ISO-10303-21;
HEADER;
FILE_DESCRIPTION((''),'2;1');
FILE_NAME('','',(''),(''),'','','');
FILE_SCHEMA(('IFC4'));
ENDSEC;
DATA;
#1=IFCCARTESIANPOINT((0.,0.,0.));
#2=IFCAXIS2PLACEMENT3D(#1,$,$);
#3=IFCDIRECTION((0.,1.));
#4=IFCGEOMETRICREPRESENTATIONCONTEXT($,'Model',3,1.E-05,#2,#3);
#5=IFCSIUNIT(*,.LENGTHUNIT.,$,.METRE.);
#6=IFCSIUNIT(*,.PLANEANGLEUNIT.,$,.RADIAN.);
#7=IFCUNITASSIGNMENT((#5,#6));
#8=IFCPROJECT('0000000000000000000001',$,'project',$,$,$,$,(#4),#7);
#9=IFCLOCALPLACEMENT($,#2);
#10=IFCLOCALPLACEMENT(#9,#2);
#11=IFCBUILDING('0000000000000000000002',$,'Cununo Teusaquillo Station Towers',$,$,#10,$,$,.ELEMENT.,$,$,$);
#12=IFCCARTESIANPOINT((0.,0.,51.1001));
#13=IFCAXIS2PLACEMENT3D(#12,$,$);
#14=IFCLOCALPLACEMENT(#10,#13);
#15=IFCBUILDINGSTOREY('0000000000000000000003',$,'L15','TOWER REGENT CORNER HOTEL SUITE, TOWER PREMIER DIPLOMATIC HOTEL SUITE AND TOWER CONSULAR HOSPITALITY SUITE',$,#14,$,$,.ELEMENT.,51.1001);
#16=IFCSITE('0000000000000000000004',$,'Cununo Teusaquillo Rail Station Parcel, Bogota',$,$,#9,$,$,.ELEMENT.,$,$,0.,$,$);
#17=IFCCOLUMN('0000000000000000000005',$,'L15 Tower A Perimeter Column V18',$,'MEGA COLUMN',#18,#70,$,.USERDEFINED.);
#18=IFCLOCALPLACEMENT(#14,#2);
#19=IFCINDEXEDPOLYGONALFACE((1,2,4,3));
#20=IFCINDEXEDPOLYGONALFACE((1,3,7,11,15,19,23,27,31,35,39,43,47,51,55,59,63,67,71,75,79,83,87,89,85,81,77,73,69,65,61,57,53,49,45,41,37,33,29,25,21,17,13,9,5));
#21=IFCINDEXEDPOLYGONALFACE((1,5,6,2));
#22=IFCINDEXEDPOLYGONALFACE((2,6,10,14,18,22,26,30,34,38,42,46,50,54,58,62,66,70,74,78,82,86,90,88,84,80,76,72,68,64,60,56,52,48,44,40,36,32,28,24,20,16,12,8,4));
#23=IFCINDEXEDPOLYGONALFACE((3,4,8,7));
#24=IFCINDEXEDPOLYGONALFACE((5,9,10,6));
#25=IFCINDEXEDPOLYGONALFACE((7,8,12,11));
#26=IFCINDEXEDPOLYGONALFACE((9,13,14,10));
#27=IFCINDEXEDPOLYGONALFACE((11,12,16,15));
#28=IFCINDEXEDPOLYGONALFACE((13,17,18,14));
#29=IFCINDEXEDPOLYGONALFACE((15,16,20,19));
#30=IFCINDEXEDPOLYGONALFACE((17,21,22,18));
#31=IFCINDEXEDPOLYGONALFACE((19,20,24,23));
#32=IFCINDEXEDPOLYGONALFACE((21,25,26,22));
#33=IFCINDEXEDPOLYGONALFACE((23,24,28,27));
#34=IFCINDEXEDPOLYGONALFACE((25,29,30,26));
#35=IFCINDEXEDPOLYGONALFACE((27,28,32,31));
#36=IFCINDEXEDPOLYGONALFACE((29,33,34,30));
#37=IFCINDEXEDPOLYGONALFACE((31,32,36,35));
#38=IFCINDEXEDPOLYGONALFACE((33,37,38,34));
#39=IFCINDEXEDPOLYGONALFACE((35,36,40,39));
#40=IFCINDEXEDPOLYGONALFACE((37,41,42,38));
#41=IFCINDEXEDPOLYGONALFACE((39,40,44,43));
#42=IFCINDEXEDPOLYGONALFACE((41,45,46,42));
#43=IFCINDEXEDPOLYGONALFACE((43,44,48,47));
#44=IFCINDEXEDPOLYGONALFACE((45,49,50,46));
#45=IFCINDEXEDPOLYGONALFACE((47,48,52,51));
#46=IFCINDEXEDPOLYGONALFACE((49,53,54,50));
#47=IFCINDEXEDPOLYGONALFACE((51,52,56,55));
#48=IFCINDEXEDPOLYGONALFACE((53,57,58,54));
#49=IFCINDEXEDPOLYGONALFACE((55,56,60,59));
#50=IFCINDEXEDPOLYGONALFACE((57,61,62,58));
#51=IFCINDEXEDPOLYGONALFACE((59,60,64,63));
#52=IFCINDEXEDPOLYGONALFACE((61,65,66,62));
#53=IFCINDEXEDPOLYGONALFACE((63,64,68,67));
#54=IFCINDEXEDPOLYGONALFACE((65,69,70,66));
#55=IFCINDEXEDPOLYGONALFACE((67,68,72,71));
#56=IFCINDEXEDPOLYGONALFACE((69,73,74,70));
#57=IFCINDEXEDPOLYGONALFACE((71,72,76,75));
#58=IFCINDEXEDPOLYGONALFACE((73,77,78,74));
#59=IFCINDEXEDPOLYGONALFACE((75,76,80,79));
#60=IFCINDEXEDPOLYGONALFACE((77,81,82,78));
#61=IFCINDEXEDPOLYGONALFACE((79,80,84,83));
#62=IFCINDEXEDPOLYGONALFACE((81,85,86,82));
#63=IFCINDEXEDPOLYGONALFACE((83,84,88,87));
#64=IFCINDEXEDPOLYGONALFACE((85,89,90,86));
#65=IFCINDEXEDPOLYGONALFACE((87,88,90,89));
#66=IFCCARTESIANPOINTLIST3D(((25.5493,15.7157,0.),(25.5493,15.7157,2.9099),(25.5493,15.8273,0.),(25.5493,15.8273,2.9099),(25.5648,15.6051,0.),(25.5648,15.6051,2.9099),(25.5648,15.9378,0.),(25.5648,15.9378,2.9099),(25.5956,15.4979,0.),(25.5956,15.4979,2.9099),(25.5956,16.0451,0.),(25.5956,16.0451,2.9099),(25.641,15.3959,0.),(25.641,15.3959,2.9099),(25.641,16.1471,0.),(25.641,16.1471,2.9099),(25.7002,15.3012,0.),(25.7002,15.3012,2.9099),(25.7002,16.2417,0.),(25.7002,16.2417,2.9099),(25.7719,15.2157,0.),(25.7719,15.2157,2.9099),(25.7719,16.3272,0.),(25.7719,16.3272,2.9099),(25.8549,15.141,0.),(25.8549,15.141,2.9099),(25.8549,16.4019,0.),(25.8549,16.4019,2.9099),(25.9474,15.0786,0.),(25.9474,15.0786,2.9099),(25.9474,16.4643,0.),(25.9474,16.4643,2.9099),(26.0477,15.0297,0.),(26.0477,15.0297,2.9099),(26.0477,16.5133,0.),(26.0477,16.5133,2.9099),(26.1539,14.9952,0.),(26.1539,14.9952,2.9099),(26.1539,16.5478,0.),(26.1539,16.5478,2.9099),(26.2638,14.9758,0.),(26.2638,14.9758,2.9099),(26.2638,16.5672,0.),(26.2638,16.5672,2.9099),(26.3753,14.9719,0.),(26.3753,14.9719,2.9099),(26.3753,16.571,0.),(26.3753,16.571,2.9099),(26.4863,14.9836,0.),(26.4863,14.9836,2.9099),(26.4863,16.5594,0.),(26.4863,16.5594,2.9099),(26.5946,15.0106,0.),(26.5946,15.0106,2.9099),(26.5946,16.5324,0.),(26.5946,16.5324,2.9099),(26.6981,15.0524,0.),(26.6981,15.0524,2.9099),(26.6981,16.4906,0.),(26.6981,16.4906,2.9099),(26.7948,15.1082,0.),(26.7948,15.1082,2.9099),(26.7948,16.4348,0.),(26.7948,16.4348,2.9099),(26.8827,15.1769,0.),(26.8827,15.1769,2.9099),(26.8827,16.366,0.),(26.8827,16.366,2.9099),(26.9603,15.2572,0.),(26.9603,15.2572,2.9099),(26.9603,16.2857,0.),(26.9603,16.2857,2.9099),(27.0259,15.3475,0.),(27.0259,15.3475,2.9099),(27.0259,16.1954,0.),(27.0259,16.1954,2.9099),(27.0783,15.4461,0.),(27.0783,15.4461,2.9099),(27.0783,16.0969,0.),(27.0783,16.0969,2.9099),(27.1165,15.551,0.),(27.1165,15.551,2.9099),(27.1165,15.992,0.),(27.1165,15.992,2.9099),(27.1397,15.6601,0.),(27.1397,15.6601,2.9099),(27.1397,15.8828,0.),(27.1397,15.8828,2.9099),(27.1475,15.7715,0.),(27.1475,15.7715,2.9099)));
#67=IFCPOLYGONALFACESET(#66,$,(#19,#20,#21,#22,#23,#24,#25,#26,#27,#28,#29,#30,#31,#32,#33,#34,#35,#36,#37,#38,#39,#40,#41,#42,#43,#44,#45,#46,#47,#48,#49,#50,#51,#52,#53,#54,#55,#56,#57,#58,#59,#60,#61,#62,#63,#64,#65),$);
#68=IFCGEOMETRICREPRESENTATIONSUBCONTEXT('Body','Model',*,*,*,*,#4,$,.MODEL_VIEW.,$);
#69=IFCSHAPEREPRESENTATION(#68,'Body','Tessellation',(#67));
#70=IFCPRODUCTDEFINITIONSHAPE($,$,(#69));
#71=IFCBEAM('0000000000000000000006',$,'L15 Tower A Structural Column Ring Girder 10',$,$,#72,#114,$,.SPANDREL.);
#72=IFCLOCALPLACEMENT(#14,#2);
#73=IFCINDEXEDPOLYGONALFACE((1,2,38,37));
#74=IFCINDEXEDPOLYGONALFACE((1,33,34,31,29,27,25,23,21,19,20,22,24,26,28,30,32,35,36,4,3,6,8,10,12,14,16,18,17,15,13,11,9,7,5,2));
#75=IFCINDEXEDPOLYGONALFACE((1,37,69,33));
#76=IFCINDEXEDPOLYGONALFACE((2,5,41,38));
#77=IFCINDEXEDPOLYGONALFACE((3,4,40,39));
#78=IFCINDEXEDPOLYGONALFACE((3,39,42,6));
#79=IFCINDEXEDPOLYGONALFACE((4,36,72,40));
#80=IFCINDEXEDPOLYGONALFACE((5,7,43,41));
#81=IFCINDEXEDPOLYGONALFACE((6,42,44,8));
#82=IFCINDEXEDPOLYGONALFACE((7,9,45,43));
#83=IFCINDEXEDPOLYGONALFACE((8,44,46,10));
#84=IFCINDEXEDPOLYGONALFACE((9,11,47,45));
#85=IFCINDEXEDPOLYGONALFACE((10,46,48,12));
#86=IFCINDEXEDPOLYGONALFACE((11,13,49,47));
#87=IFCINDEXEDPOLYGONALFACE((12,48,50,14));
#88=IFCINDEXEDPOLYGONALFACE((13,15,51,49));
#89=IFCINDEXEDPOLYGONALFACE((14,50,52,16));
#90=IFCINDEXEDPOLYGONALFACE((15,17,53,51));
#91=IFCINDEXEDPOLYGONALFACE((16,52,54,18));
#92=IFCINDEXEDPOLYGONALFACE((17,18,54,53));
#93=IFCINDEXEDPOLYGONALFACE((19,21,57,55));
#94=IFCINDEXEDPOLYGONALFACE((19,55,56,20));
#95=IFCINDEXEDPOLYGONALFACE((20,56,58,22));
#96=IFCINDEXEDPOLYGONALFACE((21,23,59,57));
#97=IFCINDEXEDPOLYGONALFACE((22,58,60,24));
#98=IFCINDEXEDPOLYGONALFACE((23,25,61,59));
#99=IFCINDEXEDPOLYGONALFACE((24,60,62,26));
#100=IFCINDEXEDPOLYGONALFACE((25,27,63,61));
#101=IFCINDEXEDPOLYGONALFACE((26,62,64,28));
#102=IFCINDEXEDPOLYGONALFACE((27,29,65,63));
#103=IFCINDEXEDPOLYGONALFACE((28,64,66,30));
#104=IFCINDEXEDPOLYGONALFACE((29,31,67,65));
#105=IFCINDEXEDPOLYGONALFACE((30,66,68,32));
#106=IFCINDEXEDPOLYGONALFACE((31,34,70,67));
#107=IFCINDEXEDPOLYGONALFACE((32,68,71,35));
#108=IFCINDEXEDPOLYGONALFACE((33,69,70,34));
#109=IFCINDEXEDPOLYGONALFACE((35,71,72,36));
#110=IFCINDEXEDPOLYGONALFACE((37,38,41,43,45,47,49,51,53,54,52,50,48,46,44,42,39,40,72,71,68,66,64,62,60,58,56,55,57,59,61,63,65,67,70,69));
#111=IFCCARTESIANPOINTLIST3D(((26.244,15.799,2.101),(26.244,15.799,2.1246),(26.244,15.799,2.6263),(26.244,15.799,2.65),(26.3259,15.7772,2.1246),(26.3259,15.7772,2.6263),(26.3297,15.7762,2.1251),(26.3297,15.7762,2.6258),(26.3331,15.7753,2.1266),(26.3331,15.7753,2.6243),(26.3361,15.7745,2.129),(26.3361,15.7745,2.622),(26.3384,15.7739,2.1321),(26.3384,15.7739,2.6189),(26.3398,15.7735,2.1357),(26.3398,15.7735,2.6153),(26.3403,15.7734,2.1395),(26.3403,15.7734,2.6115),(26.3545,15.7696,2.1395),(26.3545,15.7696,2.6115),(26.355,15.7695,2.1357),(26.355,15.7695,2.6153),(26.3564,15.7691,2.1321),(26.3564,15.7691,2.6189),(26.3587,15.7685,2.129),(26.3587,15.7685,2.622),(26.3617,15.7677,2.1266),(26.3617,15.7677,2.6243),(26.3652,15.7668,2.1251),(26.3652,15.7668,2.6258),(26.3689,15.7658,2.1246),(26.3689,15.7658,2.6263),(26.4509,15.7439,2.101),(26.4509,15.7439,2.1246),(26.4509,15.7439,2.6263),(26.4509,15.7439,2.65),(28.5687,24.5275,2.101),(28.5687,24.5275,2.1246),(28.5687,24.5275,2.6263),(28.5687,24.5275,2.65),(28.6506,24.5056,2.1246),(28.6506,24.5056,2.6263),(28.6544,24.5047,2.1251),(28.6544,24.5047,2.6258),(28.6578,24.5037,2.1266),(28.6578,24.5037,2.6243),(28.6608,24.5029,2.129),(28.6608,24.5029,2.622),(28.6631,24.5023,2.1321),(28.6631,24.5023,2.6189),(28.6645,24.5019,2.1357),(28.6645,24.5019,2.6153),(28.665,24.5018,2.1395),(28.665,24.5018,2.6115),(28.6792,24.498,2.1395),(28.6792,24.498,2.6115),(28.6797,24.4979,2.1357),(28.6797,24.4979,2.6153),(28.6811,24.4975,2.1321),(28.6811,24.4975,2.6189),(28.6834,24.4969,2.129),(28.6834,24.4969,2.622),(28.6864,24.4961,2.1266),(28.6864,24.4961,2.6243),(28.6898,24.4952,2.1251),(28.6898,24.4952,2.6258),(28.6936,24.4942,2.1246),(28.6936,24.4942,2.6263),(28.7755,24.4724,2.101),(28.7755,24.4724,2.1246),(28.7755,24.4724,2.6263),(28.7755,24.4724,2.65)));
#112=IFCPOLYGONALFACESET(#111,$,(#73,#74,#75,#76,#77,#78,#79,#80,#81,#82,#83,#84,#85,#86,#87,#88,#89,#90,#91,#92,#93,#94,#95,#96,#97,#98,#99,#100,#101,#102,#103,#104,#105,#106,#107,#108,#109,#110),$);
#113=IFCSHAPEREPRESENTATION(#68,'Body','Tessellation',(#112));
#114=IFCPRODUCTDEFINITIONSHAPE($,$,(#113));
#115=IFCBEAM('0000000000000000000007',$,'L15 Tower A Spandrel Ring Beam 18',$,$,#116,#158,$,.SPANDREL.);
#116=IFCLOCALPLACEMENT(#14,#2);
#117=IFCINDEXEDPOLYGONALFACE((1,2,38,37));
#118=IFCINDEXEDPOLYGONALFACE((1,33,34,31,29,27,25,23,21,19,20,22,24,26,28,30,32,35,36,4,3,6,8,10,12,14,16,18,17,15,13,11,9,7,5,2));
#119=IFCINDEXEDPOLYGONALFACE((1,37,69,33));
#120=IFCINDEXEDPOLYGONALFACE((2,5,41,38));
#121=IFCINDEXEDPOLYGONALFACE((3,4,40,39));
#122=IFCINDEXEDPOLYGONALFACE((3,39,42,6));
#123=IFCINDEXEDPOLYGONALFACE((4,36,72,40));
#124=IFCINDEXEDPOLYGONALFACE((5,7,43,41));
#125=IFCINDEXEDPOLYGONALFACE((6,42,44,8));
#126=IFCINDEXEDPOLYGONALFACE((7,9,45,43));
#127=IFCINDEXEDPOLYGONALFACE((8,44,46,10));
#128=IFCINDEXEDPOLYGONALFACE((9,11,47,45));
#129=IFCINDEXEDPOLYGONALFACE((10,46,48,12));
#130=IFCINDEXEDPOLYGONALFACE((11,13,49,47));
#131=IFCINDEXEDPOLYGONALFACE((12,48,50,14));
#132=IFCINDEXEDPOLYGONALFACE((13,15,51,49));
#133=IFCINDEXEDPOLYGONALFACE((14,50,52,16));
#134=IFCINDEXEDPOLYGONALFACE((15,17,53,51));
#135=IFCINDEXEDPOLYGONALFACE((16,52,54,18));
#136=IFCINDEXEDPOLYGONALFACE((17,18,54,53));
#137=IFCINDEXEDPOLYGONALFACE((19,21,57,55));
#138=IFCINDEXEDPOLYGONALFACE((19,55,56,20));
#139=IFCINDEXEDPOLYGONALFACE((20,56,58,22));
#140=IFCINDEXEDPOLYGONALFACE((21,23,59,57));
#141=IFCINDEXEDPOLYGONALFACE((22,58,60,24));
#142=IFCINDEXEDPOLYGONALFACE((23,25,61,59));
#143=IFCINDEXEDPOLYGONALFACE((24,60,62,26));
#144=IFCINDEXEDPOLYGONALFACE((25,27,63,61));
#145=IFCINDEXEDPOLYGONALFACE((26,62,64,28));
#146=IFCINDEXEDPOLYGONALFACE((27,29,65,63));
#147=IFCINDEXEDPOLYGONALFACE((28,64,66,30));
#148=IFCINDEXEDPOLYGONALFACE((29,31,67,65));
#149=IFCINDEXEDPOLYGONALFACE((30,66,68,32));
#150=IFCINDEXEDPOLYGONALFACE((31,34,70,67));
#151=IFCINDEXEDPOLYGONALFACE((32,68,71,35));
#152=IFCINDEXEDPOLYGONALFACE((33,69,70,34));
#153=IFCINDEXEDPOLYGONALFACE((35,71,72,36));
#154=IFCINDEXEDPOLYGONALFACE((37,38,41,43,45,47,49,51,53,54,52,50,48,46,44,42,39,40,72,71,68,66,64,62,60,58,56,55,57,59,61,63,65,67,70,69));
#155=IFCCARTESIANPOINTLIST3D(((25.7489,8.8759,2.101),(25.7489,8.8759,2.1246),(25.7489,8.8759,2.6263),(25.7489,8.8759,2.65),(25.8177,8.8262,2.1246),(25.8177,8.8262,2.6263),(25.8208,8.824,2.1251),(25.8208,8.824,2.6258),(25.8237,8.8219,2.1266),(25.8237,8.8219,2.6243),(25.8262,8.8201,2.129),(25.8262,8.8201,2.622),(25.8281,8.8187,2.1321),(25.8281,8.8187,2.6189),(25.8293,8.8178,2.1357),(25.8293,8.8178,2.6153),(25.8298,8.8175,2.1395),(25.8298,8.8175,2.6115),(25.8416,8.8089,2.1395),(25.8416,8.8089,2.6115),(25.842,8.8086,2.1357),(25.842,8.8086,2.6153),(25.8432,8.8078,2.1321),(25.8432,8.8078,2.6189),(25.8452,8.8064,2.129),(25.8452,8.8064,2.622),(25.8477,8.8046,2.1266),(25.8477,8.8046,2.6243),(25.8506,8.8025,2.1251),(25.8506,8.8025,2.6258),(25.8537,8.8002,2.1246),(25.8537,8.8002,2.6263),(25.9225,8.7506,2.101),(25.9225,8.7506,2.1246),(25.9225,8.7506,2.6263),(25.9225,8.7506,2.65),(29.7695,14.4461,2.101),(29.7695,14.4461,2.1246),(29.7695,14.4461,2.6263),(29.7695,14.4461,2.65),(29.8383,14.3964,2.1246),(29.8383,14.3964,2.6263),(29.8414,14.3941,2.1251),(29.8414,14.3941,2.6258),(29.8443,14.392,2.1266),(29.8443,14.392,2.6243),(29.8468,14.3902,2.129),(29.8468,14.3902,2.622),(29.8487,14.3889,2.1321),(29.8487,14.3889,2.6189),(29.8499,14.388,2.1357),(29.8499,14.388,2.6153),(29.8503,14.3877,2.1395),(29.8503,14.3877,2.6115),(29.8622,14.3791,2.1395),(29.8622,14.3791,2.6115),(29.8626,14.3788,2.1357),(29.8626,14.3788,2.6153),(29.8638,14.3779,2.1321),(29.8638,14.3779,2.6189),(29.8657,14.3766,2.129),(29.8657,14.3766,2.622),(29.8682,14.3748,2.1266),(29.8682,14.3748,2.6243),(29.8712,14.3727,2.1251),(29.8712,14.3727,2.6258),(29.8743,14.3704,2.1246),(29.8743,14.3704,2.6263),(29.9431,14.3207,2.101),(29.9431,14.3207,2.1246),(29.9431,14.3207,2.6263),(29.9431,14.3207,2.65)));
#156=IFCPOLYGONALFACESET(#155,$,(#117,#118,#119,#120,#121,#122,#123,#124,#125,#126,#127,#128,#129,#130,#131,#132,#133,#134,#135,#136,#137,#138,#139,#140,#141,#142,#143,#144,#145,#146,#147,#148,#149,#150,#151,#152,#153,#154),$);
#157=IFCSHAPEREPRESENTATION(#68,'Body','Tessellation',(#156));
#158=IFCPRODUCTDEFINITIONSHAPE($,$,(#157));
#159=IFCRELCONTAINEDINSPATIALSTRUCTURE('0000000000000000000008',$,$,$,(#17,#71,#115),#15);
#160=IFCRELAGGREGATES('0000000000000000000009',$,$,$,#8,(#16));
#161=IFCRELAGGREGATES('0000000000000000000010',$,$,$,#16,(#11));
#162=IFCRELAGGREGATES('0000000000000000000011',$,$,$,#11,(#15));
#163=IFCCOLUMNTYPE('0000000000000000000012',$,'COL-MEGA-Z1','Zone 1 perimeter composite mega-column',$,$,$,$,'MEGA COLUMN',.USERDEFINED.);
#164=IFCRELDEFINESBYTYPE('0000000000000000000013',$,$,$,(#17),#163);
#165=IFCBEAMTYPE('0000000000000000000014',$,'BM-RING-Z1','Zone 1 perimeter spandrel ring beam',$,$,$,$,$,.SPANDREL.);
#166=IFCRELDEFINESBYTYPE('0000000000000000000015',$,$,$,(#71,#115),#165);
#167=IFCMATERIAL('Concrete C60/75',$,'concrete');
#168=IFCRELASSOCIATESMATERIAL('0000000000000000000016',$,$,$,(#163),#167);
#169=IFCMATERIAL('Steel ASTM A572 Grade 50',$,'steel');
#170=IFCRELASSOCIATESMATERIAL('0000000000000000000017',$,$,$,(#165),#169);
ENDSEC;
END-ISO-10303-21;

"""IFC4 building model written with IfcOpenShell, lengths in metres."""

from ifc_helpers import new_model, si_unit, direction, frame, origin, origin_2d, place, context, subcontext, project, spatial, circle, i_section, extrude, material, material_profile, profile_set, type_object, element, save


model = new_model("IFC4")

# Units and contexts
model_context = context("Model", 3, precision=1e-05, world=origin(), true_north=direction((0.0, 1.0)))
body_context = subcontext(model_context, "Body", "Model", "MODEL_VIEW")
ifc_project = project(units=[si_unit("LENGTHUNIT", "METRE"), si_unit("PLANEANGLEUNIT", "RADIAN")], contexts=[model_context])

# Site, building, storey
site_placement = place(None, origin())
site = spatial("IfcSite", under=ifc_project, at=site_placement, Name="Cununo Teusaquillo Rail Station Parcel, Bogota", CompositionType="ELEMENT", RefElevation=0.0)
building_placement = place(site_placement, origin())
building = spatial("IfcBuilding", under=site, at=building_placement, Name="Cununo Teusaquillo Station Towers", CompositionType="ELEMENT")
storey_placement = place(building_placement, frame((0.0, 0.0, 51.1001)))
storey = spatial("IfcBuildingStorey", under=building, at=storey_placement, Name="L15", Description="TOWER REGENT CORNER HOTEL SUITE, TOWER PREMIER DIPLOMATIC HOTEL SUITE AND TOWER CONSULAR HOSPITALITY SUITE", CompositionType="ELEMENT", Elevation=51.1001)

# Column
ifc_material_1 = material(Name="Concrete C60/75", Category="concrete")
ifc_material_profile_1 = material_profile(ifc_material_1, circle(Radius=0.8, at=origin_2d()), Name="RC-CIRC-1600")
ifc_profile_set_1 = profile_set([ifc_material_profile_1], Name="Concrete C60/75")
column_type = type_object("IfcColumnType", Name="COL-MEGA-Z1", Description="Zone 1 perimeter composite mega-column", ElementType="MEGA COLUMN", PredefinedType="USERDEFINED", material=ifc_profile_set_1)
column_placement = place(storey_placement, frame((26.3474, 15.7715, 0.0), z_axis=(0.0, 0.0, 1.0), x_axis=(1.0, 0.0, 0.0)))
element("IfcColumn", 1, at=column_placement, inside=storey, type_object=column_type, Name="L15 Tower A Perimeter Column V18", ObjectType="MEGA COLUMN", PredefinedType="USERDEFINED", context=body_context, shape_type="SweptSolid", body=[
    extrude(circle(Radius=0.8, at=origin_2d()), origin(), (0.0, 0.0, 1.0), 2.9099),
])

# Beams
ifc_material_2 = material(Name="Steel ASTM A572 Grade 50", Category="steel")
ifc_material_profile_2 = material_profile(ifc_material_2, i_section(OverallWidth=0.2141, OverallDepth=0.5491, WebThickness=0.0146, FlangeThickness=0.0237, FilletRadius=0.0149, at=origin_2d()), Name="W21X93")
ifc_profile_set_2 = profile_set([ifc_material_profile_2], Name="Steel ASTM A572 Grade 50")
beam_type = type_object("IfcBeamType", Name="BM-RING-Z1", Description="Zone 1 perimeter spandrel ring beam", PredefinedType="SPANDREL", material=ifc_profile_set_2)
beam_1_placement = place(storey_placement, frame((26.3474, 15.7715, 2.3755), z_axis=(0.257363, 0.966315, 0.0), x_axis=(-0.966315, 0.257363, 0.0)))
element("IfcBeam", 2, at=beam_1_placement, inside=storey, type_object=beam_type, Name="L15 Tower A Structural Column Ring Girder 10", PredefinedType="SPANDREL", context=body_context, shape_type="SweptSolid", body=[
    extrude(i_section(OverallWidth=0.2141, OverallDepth=0.5491, WebThickness=0.0146, FlangeThickness=0.0237, FilletRadius=0.0149, at=origin_2d()), origin(), (0.0, 0.0, 1.0), 9.0327),
])
beam_2_placement = place(storey_placement, frame((25.8357, 8.8132, 2.3755), z_axis=(0.585269, 0.810839, 0.0), x_axis=(-0.810839, 0.585269, 0.0)))
element("IfcBeam", 3, at=beam_2_placement, inside=storey, type_object=beam_type, Name="L15 Tower A Spandrel Ring Beam 18", PredefinedType="SPANDREL", context=body_context, shape_type="SweptSolid", body=[
    extrude(i_section(OverallWidth=0.2141, OverallDepth=0.5491, WebThickness=0.0146, FlangeThickness=0.0237, FilletRadius=0.0149, at=origin_2d()), origin(), (0.0, 0.0, 1.0), 6.8696),
])

save(model, "model.ifc")
